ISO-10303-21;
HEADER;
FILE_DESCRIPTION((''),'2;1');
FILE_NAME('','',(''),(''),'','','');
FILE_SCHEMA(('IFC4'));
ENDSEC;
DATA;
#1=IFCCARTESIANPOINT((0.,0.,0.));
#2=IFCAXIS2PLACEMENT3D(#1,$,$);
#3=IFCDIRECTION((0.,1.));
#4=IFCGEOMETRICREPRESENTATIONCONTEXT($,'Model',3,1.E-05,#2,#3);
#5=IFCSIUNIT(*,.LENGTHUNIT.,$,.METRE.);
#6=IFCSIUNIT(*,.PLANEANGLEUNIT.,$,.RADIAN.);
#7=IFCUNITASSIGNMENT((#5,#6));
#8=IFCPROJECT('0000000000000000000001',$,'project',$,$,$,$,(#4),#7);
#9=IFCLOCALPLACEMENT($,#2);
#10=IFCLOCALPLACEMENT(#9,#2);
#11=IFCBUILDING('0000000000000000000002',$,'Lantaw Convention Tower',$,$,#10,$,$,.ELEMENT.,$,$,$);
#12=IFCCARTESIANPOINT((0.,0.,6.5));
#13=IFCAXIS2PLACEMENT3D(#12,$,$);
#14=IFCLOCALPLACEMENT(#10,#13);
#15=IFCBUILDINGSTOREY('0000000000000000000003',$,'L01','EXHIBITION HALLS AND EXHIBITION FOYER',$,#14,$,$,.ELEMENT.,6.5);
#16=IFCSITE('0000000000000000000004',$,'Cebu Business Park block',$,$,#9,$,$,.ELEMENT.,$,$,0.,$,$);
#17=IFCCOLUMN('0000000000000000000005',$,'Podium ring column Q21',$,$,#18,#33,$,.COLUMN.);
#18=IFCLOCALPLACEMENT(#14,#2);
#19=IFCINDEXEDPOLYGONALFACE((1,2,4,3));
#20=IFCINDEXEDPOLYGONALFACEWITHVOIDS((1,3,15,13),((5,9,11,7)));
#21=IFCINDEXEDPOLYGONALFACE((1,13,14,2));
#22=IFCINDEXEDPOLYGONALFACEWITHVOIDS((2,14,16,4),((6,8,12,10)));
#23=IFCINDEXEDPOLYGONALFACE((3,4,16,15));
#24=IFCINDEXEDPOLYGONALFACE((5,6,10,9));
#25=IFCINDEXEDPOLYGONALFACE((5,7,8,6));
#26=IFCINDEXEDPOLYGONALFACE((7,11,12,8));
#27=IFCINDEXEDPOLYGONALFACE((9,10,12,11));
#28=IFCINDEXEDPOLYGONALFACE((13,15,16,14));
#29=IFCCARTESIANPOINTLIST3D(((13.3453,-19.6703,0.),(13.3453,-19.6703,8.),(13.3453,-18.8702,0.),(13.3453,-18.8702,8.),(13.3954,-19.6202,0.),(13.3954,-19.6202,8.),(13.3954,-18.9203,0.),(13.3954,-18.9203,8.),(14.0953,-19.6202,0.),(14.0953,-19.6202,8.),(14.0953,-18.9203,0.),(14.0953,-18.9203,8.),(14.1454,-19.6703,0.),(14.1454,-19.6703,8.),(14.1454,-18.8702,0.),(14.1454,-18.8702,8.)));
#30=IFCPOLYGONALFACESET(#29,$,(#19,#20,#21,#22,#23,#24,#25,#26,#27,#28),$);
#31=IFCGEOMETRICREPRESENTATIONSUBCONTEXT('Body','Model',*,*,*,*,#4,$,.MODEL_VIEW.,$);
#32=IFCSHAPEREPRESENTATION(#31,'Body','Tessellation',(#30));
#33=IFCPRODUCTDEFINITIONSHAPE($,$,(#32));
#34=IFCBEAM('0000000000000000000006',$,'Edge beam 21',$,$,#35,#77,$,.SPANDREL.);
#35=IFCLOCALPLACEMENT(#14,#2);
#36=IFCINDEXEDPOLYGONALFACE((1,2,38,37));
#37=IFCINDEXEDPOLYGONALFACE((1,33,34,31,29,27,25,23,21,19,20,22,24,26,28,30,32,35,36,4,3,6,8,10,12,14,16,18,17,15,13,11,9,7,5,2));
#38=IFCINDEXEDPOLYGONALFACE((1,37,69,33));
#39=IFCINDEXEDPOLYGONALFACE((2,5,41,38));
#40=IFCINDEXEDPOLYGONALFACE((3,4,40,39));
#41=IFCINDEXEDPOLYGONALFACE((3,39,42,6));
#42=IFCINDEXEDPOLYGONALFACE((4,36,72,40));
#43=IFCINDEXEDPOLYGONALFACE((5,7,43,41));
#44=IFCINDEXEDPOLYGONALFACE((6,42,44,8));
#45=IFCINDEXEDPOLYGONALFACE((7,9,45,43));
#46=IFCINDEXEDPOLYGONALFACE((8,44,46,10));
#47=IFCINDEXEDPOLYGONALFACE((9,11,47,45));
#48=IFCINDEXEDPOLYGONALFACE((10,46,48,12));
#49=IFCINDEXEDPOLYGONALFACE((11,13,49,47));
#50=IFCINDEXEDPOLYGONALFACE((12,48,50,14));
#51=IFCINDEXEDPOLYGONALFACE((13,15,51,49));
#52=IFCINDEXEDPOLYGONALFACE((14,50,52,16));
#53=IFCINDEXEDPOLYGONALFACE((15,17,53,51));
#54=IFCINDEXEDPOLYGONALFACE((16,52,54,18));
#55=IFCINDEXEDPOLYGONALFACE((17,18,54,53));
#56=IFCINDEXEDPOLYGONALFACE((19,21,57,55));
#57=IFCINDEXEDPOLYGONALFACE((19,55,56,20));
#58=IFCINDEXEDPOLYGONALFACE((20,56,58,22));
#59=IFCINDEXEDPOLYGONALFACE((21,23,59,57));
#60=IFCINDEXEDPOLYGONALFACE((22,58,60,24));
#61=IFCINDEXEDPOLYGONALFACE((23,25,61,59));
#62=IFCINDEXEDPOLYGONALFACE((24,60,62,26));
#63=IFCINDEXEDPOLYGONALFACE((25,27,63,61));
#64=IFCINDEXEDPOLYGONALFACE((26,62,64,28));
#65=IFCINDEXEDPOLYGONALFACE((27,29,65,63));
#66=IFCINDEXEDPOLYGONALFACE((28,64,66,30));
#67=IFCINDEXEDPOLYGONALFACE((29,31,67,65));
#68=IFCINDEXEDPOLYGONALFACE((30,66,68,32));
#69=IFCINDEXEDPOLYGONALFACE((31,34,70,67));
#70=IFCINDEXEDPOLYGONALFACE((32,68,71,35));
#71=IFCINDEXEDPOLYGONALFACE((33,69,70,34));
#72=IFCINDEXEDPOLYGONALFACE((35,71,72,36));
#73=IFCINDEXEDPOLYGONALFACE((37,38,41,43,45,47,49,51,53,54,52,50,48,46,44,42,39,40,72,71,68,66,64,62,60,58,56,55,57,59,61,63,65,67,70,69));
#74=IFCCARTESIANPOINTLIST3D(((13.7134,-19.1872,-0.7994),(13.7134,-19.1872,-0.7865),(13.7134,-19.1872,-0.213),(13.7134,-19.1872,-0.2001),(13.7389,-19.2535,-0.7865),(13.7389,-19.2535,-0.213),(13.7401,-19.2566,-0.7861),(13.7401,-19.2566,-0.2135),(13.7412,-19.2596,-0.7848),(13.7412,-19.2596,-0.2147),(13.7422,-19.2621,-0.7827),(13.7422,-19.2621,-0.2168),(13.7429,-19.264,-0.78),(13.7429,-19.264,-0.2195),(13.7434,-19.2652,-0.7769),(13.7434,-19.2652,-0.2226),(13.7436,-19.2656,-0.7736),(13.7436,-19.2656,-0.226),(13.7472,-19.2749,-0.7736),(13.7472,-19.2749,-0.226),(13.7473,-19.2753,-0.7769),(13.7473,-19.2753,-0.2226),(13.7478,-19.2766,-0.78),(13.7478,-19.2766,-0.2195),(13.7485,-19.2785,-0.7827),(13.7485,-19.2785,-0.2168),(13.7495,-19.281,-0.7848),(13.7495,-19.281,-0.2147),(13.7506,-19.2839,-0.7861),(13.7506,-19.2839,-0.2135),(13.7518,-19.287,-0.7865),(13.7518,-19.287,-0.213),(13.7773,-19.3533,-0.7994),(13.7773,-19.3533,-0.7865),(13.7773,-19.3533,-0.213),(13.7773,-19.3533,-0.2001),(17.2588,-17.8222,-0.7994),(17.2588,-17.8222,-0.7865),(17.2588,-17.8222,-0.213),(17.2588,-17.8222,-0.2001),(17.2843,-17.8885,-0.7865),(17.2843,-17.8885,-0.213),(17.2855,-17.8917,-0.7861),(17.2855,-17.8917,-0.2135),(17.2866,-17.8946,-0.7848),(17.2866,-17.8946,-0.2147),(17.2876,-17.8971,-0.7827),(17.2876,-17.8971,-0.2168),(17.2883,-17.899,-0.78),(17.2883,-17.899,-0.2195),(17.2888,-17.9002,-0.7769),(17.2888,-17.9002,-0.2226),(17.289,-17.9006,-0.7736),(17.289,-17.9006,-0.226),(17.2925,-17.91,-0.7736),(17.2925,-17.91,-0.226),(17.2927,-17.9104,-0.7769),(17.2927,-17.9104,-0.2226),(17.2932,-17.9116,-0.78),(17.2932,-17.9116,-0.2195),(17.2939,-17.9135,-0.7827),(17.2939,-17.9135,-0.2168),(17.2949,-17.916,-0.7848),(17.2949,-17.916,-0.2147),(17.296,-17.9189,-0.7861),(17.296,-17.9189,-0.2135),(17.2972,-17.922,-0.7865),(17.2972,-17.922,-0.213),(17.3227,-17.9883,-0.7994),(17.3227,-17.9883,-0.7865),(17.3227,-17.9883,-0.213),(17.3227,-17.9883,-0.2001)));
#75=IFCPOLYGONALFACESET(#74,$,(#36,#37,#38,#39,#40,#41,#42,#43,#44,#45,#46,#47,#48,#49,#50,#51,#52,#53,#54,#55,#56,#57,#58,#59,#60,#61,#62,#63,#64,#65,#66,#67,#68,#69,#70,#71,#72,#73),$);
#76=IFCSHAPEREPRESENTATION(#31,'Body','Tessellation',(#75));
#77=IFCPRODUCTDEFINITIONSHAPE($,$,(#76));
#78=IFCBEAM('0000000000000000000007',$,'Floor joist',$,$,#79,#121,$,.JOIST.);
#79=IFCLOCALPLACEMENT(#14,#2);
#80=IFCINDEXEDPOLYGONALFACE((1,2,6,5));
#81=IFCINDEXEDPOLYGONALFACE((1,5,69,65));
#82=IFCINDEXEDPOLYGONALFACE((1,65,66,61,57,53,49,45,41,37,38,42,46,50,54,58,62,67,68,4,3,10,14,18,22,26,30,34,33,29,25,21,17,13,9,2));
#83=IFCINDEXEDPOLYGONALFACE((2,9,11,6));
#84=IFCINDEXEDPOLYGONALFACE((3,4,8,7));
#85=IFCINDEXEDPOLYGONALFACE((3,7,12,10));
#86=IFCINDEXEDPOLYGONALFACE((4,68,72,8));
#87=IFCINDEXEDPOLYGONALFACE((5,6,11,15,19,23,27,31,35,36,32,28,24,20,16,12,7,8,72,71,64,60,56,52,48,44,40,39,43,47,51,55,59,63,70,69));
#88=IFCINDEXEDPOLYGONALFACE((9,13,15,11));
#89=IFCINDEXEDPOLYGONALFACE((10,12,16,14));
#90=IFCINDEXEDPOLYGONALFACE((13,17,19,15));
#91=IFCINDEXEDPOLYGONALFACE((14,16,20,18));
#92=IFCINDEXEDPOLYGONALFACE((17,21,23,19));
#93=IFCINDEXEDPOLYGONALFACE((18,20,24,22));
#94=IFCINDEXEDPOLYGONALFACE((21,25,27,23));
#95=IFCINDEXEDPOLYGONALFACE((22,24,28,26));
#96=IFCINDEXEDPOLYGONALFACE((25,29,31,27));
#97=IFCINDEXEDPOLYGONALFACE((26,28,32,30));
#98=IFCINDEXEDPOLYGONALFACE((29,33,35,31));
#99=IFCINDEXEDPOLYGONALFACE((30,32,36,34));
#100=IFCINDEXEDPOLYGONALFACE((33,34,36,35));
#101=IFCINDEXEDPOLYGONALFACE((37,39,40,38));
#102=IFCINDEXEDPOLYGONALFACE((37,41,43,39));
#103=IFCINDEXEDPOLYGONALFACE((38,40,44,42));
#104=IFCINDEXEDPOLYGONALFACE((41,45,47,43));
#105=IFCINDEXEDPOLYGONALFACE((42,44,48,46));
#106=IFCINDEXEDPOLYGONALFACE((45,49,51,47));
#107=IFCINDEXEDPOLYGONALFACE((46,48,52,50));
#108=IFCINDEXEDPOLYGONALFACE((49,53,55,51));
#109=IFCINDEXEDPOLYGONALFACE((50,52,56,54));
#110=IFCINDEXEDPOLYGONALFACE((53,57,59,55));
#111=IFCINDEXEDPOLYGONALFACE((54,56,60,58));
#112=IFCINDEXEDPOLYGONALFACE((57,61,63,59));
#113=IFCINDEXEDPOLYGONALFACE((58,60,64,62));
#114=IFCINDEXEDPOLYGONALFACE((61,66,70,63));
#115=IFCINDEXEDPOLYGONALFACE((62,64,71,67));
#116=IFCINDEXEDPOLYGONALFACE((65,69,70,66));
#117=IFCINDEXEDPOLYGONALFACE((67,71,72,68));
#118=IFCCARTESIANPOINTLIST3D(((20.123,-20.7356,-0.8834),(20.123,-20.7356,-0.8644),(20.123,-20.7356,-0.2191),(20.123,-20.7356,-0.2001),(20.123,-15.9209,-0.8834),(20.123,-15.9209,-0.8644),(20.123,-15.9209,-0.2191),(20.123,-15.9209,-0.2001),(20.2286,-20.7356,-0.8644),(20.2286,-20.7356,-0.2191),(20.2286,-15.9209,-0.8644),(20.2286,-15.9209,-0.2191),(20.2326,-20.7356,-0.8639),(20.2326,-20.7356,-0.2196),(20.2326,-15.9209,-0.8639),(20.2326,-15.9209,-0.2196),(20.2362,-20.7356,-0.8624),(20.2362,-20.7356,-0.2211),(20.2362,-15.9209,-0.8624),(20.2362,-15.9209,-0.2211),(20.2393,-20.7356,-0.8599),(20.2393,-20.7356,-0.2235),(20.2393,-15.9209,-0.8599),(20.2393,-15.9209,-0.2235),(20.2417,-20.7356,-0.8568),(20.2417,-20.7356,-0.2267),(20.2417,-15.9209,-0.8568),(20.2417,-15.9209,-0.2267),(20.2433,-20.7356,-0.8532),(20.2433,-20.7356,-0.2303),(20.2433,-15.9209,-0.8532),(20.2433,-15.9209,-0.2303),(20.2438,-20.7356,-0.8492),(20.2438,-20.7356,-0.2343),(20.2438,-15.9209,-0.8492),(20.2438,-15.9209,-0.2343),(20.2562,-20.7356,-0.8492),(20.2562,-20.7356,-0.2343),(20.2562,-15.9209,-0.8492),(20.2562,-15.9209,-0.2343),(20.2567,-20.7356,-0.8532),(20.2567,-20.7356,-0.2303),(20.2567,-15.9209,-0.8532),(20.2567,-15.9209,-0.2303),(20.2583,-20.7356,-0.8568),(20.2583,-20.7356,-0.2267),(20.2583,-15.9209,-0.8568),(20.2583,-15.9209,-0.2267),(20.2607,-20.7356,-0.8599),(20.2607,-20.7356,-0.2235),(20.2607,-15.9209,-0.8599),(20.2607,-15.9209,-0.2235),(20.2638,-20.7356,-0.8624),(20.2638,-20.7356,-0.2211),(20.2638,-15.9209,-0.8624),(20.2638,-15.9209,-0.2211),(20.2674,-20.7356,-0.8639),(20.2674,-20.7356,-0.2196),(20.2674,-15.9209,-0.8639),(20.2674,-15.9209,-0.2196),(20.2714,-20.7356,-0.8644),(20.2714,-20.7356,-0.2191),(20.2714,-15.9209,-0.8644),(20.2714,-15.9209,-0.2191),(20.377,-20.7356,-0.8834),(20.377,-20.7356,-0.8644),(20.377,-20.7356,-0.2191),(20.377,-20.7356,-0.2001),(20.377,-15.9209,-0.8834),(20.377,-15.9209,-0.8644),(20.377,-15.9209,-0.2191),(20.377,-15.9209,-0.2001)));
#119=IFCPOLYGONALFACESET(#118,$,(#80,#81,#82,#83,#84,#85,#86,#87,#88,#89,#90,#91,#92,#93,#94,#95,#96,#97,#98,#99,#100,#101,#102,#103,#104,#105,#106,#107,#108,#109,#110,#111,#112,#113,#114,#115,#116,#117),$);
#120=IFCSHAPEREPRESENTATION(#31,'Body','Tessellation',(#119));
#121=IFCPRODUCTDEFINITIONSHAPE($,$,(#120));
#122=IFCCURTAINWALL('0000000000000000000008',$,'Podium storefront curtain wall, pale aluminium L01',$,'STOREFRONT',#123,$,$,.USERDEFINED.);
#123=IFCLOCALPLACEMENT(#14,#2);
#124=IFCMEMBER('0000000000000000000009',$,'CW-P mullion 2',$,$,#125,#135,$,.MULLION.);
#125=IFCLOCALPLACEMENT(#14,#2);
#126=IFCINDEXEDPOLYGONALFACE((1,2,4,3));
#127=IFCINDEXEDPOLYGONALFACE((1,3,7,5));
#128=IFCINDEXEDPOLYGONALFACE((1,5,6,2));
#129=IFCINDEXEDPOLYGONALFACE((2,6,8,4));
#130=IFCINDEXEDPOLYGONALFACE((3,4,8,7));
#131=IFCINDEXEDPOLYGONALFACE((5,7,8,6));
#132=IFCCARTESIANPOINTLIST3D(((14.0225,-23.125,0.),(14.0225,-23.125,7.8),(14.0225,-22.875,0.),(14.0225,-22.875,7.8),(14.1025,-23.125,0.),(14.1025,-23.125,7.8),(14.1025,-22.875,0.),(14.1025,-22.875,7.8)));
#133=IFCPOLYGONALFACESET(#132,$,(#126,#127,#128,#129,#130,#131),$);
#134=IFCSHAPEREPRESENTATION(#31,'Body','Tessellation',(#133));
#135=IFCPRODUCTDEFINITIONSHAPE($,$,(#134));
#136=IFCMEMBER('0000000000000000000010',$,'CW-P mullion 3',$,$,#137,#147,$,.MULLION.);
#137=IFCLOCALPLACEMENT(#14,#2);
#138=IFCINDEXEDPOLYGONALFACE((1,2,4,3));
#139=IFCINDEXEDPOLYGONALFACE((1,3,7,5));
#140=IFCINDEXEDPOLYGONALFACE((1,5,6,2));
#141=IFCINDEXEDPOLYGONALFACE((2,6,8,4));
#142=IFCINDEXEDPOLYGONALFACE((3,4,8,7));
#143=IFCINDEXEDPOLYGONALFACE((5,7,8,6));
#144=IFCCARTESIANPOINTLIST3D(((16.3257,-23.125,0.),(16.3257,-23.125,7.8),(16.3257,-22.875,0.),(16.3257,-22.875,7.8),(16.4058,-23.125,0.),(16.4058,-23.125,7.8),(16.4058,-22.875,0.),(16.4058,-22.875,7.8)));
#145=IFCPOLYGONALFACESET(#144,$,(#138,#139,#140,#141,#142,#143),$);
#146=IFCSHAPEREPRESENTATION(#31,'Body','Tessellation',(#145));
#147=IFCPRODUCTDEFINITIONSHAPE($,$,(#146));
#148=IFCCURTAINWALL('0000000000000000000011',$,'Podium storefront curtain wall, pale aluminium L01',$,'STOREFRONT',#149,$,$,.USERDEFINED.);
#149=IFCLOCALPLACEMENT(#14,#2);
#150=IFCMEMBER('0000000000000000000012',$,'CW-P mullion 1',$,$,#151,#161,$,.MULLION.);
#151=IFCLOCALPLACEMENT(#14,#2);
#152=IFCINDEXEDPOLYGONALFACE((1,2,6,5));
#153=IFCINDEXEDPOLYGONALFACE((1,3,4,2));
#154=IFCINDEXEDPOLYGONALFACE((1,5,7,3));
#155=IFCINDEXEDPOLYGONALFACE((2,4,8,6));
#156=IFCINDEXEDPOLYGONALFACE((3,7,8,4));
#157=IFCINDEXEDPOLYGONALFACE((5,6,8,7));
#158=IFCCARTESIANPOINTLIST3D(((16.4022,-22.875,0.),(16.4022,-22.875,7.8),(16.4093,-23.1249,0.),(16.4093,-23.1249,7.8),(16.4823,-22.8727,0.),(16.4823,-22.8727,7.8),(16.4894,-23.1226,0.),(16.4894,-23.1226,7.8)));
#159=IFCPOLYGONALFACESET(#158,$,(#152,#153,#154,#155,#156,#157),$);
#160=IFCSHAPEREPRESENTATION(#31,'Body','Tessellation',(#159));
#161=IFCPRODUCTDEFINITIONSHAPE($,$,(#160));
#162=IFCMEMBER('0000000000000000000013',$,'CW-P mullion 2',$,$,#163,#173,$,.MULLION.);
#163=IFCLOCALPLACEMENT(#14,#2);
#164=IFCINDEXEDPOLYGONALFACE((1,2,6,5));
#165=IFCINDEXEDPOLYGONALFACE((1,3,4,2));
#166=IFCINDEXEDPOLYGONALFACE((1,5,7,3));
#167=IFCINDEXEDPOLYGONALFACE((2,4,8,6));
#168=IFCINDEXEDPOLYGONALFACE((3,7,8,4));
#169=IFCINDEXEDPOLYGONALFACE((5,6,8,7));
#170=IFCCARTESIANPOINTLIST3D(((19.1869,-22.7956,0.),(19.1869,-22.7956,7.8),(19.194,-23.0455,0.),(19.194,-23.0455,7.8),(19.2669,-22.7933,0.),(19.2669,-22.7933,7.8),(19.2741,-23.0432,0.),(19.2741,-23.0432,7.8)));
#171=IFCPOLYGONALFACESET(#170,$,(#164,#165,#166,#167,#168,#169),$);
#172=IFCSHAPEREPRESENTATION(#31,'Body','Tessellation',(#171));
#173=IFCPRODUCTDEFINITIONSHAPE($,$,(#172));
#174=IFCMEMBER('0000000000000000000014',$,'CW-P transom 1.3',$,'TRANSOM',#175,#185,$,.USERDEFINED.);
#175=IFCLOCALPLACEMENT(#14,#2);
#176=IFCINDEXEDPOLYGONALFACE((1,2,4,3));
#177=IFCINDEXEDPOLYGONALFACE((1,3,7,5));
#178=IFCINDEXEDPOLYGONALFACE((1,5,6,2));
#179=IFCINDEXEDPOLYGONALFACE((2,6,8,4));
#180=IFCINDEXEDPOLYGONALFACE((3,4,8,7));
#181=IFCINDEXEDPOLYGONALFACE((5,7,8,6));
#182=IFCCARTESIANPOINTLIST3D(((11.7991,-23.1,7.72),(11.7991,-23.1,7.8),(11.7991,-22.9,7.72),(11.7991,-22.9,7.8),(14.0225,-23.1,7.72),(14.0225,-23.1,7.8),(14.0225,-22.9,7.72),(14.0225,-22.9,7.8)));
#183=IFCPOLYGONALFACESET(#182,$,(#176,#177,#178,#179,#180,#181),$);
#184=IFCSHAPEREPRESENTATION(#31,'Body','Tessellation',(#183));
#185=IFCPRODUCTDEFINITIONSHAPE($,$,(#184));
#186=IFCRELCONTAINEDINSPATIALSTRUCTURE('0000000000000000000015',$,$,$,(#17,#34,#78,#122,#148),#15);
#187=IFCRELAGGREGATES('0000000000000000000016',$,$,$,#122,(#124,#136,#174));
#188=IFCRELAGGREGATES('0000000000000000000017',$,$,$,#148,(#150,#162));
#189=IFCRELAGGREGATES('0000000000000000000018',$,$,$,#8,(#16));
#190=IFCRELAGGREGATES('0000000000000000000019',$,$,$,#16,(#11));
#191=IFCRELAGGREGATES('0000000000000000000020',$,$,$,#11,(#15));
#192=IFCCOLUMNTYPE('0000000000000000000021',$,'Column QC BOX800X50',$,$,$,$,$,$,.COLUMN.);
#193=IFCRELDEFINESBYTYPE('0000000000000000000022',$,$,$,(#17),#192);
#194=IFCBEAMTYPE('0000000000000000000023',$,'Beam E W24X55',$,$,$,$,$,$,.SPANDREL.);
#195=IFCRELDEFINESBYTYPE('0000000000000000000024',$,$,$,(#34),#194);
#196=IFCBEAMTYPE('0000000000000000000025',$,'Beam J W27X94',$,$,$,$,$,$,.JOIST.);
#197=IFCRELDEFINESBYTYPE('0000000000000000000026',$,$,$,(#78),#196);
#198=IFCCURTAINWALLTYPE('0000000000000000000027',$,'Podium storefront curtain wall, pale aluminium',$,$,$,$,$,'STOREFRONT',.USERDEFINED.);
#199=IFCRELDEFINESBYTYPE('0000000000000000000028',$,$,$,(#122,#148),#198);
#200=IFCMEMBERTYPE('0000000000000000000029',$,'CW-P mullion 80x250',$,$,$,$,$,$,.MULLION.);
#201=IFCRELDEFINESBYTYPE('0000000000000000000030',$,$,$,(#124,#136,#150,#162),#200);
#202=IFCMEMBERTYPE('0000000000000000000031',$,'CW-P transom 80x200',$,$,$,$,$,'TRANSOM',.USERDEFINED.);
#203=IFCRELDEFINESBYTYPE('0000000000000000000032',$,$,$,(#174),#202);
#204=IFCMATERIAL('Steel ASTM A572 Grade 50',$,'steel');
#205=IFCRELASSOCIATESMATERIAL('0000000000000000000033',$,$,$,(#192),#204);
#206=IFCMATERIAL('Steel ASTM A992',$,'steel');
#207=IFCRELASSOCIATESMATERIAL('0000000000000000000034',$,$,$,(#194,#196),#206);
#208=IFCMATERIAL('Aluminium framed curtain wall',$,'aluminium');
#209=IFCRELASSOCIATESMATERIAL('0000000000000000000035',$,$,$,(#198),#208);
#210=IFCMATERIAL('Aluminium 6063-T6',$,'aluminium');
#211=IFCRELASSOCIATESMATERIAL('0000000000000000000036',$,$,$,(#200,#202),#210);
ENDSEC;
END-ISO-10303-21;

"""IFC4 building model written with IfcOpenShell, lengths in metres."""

from ifc_helpers import new_model, si_unit, direction, frame, origin, origin_2d, place, context, subcontext, project, spatial, rectangle, hollow_rectangle, i_section, extrude, material, material_profile, profile_set, type_object, element, aggregate, save


model = new_model("IFC4")

# Units and contexts
model_context = context("Model", 3, precision=1e-05, world=origin(), true_north=direction((0.0, 1.0)))
body_context = subcontext(model_context, "Body", "Model", "MODEL_VIEW")
ifc_project = project(units=[si_unit("LENGTHUNIT", "METRE"), si_unit("PLANEANGLEUNIT", "RADIAN")], contexts=[model_context])

# Site, building, storey
site_placement = place(None, origin())
site = spatial("IfcSite", under=ifc_project, at=site_placement, Name="Cebu Business Park block", CompositionType="ELEMENT", RefElevation=0.0)
building_placement = place(site_placement, origin())
building = spatial("IfcBuilding", under=site, at=building_placement, Name="Lantaw Convention Tower", CompositionType="ELEMENT")
storey_placement = place(building_placement, frame((0.0, 0.0, 6.5)))
storey = spatial("IfcBuildingStorey", under=building, at=storey_placement, Name="L01", Description="EXHIBITION HALLS AND EXHIBITION FOYER", CompositionType="ELEMENT", Elevation=6.5)

# Column
ifc_material_1 = material(Name="Steel ASTM A572 Grade 50", Category="steel")
ifc_material_profile_1 = material_profile(ifc_material_1, hollow_rectangle(XDim=0.8, YDim=0.8, WallThickness=0.05, at=origin_2d()), Name="BOX800X50")
ifc_profile_set_1 = profile_set([ifc_material_profile_1], Name="Steel ASTM A572 Grade 50")
column_type = type_object("IfcColumnType", Name="Column QC BOX800X50", PredefinedType="COLUMN", material=ifc_profile_set_1)
column_placement = place(storey_placement, frame((13.7454, -19.2703, 0.0), z_axis=(0.0, 0.0, 1.0), x_axis=(1.0, 0.0, 0.0)))
element("IfcColumn", 1, at=column_placement, inside=storey, type_object=column_type, Name="Podium ring column Q21", PredefinedType="COLUMN", context=body_context, shape_type="SweptSolid", body=[
    extrude(hollow_rectangle(XDim=0.8, YDim=0.8, WallThickness=0.05, at=origin_2d()), origin(), (0.0, 0.0, 1.0), 8.0),
])

# Beams
ifc_material_2 = material(Name="Steel ASTM A992", Category="steel")
ifc_material_profile_2 = material_profile(ifc_material_2, i_section(OverallWidth=0.178, OverallDepth=0.5994, WebThickness=0.01, FlangeThickness=0.0129, FilletRadius=0.0129, at=origin_2d()), Name="W24X55")
ifc_profile_set_2 = profile_set([ifc_material_profile_2], Name="Steel ASTM A992")
beam_type_1 = type_object("IfcBeamType", Name="Beam E W24X55", PredefinedType="SPANDREL", material=ifc_profile_set_2)
beam_1_placement = place(storey_placement, frame((13.7454, -19.2703, -0.4998), z_axis=(0.933225, 0.359293, 0.0), x_axis=(-0.359293, 0.933225, 0.0)))
element("IfcBeam", 2, at=beam_1_placement, inside=storey, type_object=beam_type_1, Name="Edge beam 21", PredefinedType="SPANDREL", context=body_context, shape_type="SweptSolid", body=[
    extrude(i_section(OverallWidth=0.178, OverallDepth=0.5994, WebThickness=0.01, FlangeThickness=0.0129, FilletRadius=0.0129, at=origin_2d()), origin(), (0.0, 0.0, 1.0), 3.7991),
])
ifc_material_profile_3 = material_profile(ifc_material_2, i_section(OverallWidth=0.2539, OverallDepth=0.6833, WebThickness=0.0125, FlangeThickness=0.019, FilletRadius=0.0151, at=origin_2d()), Name="W27X94")
ifc_profile_set_3 = profile_set([ifc_material_profile_3], Name="Steel ASTM A992")
beam_type_2 = type_object("IfcBeamType", Name="Beam J W27X94", PredefinedType="JOIST", material=ifc_profile_set_3)
beam_2_placement = place(storey_placement, frame((20.25, -20.7356, -0.5417), z_axis=(0.0, 1.0, 0.0), x_axis=(-1.0, 0.0, 0.0)))
element("IfcBeam", 3, at=beam_2_placement, inside=storey, type_object=beam_type_2, Name="Floor joist", PredefinedType="JOIST", context=body_context, shape_type="SweptSolid", body=[
    extrude(i_section(OverallWidth=0.2539, OverallDepth=0.6833, WebThickness=0.0125, FlangeThickness=0.019, FilletRadius=0.0151, at=origin_2d()), origin(), (0.0, 0.0, 1.0), 4.8147),
])

# Curtain walls, members
ifc_material_3 = material(Name="Aluminium framed curtain wall", Category="aluminium")
curtain_wall_type = type_object("IfcCurtainWallType", Name="Podium storefront curtain wall, pale aluminium", ElementType="STOREFRONT", PredefinedType="USERDEFINED", material=ifc_material_3)
curtain_wall_1_placement = place(storey_placement, origin())
curtain_wall_1 = element("IfcCurtainWall", 4, at=curtain_wall_1_placement, inside=storey, type_object=curtain_wall_type, Name="Podium storefront curtain wall, pale aluminium L01", ObjectType="STOREFRONT", PredefinedType="USERDEFINED")
ifc_material_4 = material(Name="Aluminium 6063-T6", Category="aluminium")
ifc_material_profile_4 = material_profile(ifc_material_4, rectangle(XDim=0.25, YDim=0.0801, at=origin_2d()), Name="CW-P mullion 80x250")
ifc_profile_set_4 = profile_set([ifc_material_profile_4], Name="Aluminium 6063-T6")
member_type_1 = type_object("IfcMemberType", Name="CW-P mullion 80x250", PredefinedType="MULLION", material=ifc_profile_set_4)
member_1_placement = place(storey_placement, frame((14.0625, -23.0, 0.0), z_axis=(0.0, 0.0, 1.0), x_axis=(0.0, 1.0, 0.0)))
member_1 = element("IfcMember", 5, at=member_1_placement, type_object=member_type_1, Name="CW-P mullion 2", PredefinedType="MULLION", context=body_context, shape_type="SweptSolid", body=[
    extrude(rectangle(XDim=0.25, YDim=0.0801, at=origin_2d()), origin(), (0.0, 0.0, 1.0), 7.8),
])
member_2_placement = place(storey_placement, frame((16.3657, -23.0, 0.0), z_axis=(0.0, 0.0, 1.0), x_axis=(0.0, 1.0, 0.0)))
member_2 = element("IfcMember", 6, at=member_2_placement, type_object=member_type_1, Name="CW-P mullion 3", PredefinedType="MULLION", context=body_context, shape_type="SweptSolid", body=[
    extrude(rectangle(XDim=0.25, YDim=0.0801, at=origin_2d()), origin(), (0.0, 0.0, 1.0), 7.8),
])
curtain_wall_2_placement = place(storey_placement, origin())
curtain_wall_2 = element("IfcCurtainWall", 7, at=curtain_wall_2_placement, inside=storey, type_object=curtain_wall_type, Name="Podium storefront curtain wall, pale aluminium L01", ObjectType="STOREFRONT", PredefinedType="USERDEFINED")
member_3_placement = place(storey_placement, frame((16.4458, -22.9988, 0.0), z_axis=(0.0, 0.0, 1.0), x_axis=(-0.028552, 0.999592, 0.0)))
member_3 = element("IfcMember", 8, at=member_3_placement, type_object=member_type_1, Name="CW-P mullion 1", PredefinedType="MULLION", context=body_context, shape_type="SweptSolid", body=[
    extrude(rectangle(XDim=0.25, YDim=0.0801, at=origin_2d()), origin(), (0.0, 0.0, 1.0), 7.8),
])
member_4_placement = place(storey_placement, frame((19.2305, -22.9194, 0.0), z_axis=(0.0, 0.0, 1.0), x_axis=(-0.028552, 0.999592, 0.0)))
member_4 = element("IfcMember", 9, at=member_4_placement, type_object=member_type_1, Name="CW-P mullion 2", PredefinedType="MULLION", context=body_context, shape_type="SweptSolid", body=[
    extrude(rectangle(XDim=0.25, YDim=0.0801, at=origin_2d()), origin(), (0.0, 0.0, 1.0), 7.8),
])

# Member
ifc_material_profile_5 = material_profile(ifc_material_4, rectangle(XDim=0.2, YDim=0.0801, at=origin_2d()), Name="CW-P transom 80x200")
ifc_profile_set_5 = profile_set([ifc_material_profile_5], Name="Aluminium 6063-T6")
member_type_2 = type_object("IfcMemberType", Name="CW-P transom 80x200", ElementType="TRANSOM", PredefinedType="USERDEFINED", material=ifc_profile_set_5)
member_5_placement = place(storey_placement, frame((11.7991, -23.0, 7.76), z_axis=(1.0, 0.0, 0.0), x_axis=(0.0, 1.0, 0.0)))
member_5 = element("IfcMember", 10, at=member_5_placement, type_object=member_type_2, Name="CW-P transom 1.3", ObjectType="TRANSOM", PredefinedType="USERDEFINED", context=body_context, shape_type="SweptSolid", body=[
    extrude(rectangle(XDim=0.2, YDim=0.0801, at=origin_2d()), origin(), (0.0, 0.0, 1.0), 2.2234),
])

aggregate(curtain_wall_1, [member_1, member_2, member_5])
aggregate(curtain_wall_2, [member_3, member_4])

save(model, "model.ifc")
